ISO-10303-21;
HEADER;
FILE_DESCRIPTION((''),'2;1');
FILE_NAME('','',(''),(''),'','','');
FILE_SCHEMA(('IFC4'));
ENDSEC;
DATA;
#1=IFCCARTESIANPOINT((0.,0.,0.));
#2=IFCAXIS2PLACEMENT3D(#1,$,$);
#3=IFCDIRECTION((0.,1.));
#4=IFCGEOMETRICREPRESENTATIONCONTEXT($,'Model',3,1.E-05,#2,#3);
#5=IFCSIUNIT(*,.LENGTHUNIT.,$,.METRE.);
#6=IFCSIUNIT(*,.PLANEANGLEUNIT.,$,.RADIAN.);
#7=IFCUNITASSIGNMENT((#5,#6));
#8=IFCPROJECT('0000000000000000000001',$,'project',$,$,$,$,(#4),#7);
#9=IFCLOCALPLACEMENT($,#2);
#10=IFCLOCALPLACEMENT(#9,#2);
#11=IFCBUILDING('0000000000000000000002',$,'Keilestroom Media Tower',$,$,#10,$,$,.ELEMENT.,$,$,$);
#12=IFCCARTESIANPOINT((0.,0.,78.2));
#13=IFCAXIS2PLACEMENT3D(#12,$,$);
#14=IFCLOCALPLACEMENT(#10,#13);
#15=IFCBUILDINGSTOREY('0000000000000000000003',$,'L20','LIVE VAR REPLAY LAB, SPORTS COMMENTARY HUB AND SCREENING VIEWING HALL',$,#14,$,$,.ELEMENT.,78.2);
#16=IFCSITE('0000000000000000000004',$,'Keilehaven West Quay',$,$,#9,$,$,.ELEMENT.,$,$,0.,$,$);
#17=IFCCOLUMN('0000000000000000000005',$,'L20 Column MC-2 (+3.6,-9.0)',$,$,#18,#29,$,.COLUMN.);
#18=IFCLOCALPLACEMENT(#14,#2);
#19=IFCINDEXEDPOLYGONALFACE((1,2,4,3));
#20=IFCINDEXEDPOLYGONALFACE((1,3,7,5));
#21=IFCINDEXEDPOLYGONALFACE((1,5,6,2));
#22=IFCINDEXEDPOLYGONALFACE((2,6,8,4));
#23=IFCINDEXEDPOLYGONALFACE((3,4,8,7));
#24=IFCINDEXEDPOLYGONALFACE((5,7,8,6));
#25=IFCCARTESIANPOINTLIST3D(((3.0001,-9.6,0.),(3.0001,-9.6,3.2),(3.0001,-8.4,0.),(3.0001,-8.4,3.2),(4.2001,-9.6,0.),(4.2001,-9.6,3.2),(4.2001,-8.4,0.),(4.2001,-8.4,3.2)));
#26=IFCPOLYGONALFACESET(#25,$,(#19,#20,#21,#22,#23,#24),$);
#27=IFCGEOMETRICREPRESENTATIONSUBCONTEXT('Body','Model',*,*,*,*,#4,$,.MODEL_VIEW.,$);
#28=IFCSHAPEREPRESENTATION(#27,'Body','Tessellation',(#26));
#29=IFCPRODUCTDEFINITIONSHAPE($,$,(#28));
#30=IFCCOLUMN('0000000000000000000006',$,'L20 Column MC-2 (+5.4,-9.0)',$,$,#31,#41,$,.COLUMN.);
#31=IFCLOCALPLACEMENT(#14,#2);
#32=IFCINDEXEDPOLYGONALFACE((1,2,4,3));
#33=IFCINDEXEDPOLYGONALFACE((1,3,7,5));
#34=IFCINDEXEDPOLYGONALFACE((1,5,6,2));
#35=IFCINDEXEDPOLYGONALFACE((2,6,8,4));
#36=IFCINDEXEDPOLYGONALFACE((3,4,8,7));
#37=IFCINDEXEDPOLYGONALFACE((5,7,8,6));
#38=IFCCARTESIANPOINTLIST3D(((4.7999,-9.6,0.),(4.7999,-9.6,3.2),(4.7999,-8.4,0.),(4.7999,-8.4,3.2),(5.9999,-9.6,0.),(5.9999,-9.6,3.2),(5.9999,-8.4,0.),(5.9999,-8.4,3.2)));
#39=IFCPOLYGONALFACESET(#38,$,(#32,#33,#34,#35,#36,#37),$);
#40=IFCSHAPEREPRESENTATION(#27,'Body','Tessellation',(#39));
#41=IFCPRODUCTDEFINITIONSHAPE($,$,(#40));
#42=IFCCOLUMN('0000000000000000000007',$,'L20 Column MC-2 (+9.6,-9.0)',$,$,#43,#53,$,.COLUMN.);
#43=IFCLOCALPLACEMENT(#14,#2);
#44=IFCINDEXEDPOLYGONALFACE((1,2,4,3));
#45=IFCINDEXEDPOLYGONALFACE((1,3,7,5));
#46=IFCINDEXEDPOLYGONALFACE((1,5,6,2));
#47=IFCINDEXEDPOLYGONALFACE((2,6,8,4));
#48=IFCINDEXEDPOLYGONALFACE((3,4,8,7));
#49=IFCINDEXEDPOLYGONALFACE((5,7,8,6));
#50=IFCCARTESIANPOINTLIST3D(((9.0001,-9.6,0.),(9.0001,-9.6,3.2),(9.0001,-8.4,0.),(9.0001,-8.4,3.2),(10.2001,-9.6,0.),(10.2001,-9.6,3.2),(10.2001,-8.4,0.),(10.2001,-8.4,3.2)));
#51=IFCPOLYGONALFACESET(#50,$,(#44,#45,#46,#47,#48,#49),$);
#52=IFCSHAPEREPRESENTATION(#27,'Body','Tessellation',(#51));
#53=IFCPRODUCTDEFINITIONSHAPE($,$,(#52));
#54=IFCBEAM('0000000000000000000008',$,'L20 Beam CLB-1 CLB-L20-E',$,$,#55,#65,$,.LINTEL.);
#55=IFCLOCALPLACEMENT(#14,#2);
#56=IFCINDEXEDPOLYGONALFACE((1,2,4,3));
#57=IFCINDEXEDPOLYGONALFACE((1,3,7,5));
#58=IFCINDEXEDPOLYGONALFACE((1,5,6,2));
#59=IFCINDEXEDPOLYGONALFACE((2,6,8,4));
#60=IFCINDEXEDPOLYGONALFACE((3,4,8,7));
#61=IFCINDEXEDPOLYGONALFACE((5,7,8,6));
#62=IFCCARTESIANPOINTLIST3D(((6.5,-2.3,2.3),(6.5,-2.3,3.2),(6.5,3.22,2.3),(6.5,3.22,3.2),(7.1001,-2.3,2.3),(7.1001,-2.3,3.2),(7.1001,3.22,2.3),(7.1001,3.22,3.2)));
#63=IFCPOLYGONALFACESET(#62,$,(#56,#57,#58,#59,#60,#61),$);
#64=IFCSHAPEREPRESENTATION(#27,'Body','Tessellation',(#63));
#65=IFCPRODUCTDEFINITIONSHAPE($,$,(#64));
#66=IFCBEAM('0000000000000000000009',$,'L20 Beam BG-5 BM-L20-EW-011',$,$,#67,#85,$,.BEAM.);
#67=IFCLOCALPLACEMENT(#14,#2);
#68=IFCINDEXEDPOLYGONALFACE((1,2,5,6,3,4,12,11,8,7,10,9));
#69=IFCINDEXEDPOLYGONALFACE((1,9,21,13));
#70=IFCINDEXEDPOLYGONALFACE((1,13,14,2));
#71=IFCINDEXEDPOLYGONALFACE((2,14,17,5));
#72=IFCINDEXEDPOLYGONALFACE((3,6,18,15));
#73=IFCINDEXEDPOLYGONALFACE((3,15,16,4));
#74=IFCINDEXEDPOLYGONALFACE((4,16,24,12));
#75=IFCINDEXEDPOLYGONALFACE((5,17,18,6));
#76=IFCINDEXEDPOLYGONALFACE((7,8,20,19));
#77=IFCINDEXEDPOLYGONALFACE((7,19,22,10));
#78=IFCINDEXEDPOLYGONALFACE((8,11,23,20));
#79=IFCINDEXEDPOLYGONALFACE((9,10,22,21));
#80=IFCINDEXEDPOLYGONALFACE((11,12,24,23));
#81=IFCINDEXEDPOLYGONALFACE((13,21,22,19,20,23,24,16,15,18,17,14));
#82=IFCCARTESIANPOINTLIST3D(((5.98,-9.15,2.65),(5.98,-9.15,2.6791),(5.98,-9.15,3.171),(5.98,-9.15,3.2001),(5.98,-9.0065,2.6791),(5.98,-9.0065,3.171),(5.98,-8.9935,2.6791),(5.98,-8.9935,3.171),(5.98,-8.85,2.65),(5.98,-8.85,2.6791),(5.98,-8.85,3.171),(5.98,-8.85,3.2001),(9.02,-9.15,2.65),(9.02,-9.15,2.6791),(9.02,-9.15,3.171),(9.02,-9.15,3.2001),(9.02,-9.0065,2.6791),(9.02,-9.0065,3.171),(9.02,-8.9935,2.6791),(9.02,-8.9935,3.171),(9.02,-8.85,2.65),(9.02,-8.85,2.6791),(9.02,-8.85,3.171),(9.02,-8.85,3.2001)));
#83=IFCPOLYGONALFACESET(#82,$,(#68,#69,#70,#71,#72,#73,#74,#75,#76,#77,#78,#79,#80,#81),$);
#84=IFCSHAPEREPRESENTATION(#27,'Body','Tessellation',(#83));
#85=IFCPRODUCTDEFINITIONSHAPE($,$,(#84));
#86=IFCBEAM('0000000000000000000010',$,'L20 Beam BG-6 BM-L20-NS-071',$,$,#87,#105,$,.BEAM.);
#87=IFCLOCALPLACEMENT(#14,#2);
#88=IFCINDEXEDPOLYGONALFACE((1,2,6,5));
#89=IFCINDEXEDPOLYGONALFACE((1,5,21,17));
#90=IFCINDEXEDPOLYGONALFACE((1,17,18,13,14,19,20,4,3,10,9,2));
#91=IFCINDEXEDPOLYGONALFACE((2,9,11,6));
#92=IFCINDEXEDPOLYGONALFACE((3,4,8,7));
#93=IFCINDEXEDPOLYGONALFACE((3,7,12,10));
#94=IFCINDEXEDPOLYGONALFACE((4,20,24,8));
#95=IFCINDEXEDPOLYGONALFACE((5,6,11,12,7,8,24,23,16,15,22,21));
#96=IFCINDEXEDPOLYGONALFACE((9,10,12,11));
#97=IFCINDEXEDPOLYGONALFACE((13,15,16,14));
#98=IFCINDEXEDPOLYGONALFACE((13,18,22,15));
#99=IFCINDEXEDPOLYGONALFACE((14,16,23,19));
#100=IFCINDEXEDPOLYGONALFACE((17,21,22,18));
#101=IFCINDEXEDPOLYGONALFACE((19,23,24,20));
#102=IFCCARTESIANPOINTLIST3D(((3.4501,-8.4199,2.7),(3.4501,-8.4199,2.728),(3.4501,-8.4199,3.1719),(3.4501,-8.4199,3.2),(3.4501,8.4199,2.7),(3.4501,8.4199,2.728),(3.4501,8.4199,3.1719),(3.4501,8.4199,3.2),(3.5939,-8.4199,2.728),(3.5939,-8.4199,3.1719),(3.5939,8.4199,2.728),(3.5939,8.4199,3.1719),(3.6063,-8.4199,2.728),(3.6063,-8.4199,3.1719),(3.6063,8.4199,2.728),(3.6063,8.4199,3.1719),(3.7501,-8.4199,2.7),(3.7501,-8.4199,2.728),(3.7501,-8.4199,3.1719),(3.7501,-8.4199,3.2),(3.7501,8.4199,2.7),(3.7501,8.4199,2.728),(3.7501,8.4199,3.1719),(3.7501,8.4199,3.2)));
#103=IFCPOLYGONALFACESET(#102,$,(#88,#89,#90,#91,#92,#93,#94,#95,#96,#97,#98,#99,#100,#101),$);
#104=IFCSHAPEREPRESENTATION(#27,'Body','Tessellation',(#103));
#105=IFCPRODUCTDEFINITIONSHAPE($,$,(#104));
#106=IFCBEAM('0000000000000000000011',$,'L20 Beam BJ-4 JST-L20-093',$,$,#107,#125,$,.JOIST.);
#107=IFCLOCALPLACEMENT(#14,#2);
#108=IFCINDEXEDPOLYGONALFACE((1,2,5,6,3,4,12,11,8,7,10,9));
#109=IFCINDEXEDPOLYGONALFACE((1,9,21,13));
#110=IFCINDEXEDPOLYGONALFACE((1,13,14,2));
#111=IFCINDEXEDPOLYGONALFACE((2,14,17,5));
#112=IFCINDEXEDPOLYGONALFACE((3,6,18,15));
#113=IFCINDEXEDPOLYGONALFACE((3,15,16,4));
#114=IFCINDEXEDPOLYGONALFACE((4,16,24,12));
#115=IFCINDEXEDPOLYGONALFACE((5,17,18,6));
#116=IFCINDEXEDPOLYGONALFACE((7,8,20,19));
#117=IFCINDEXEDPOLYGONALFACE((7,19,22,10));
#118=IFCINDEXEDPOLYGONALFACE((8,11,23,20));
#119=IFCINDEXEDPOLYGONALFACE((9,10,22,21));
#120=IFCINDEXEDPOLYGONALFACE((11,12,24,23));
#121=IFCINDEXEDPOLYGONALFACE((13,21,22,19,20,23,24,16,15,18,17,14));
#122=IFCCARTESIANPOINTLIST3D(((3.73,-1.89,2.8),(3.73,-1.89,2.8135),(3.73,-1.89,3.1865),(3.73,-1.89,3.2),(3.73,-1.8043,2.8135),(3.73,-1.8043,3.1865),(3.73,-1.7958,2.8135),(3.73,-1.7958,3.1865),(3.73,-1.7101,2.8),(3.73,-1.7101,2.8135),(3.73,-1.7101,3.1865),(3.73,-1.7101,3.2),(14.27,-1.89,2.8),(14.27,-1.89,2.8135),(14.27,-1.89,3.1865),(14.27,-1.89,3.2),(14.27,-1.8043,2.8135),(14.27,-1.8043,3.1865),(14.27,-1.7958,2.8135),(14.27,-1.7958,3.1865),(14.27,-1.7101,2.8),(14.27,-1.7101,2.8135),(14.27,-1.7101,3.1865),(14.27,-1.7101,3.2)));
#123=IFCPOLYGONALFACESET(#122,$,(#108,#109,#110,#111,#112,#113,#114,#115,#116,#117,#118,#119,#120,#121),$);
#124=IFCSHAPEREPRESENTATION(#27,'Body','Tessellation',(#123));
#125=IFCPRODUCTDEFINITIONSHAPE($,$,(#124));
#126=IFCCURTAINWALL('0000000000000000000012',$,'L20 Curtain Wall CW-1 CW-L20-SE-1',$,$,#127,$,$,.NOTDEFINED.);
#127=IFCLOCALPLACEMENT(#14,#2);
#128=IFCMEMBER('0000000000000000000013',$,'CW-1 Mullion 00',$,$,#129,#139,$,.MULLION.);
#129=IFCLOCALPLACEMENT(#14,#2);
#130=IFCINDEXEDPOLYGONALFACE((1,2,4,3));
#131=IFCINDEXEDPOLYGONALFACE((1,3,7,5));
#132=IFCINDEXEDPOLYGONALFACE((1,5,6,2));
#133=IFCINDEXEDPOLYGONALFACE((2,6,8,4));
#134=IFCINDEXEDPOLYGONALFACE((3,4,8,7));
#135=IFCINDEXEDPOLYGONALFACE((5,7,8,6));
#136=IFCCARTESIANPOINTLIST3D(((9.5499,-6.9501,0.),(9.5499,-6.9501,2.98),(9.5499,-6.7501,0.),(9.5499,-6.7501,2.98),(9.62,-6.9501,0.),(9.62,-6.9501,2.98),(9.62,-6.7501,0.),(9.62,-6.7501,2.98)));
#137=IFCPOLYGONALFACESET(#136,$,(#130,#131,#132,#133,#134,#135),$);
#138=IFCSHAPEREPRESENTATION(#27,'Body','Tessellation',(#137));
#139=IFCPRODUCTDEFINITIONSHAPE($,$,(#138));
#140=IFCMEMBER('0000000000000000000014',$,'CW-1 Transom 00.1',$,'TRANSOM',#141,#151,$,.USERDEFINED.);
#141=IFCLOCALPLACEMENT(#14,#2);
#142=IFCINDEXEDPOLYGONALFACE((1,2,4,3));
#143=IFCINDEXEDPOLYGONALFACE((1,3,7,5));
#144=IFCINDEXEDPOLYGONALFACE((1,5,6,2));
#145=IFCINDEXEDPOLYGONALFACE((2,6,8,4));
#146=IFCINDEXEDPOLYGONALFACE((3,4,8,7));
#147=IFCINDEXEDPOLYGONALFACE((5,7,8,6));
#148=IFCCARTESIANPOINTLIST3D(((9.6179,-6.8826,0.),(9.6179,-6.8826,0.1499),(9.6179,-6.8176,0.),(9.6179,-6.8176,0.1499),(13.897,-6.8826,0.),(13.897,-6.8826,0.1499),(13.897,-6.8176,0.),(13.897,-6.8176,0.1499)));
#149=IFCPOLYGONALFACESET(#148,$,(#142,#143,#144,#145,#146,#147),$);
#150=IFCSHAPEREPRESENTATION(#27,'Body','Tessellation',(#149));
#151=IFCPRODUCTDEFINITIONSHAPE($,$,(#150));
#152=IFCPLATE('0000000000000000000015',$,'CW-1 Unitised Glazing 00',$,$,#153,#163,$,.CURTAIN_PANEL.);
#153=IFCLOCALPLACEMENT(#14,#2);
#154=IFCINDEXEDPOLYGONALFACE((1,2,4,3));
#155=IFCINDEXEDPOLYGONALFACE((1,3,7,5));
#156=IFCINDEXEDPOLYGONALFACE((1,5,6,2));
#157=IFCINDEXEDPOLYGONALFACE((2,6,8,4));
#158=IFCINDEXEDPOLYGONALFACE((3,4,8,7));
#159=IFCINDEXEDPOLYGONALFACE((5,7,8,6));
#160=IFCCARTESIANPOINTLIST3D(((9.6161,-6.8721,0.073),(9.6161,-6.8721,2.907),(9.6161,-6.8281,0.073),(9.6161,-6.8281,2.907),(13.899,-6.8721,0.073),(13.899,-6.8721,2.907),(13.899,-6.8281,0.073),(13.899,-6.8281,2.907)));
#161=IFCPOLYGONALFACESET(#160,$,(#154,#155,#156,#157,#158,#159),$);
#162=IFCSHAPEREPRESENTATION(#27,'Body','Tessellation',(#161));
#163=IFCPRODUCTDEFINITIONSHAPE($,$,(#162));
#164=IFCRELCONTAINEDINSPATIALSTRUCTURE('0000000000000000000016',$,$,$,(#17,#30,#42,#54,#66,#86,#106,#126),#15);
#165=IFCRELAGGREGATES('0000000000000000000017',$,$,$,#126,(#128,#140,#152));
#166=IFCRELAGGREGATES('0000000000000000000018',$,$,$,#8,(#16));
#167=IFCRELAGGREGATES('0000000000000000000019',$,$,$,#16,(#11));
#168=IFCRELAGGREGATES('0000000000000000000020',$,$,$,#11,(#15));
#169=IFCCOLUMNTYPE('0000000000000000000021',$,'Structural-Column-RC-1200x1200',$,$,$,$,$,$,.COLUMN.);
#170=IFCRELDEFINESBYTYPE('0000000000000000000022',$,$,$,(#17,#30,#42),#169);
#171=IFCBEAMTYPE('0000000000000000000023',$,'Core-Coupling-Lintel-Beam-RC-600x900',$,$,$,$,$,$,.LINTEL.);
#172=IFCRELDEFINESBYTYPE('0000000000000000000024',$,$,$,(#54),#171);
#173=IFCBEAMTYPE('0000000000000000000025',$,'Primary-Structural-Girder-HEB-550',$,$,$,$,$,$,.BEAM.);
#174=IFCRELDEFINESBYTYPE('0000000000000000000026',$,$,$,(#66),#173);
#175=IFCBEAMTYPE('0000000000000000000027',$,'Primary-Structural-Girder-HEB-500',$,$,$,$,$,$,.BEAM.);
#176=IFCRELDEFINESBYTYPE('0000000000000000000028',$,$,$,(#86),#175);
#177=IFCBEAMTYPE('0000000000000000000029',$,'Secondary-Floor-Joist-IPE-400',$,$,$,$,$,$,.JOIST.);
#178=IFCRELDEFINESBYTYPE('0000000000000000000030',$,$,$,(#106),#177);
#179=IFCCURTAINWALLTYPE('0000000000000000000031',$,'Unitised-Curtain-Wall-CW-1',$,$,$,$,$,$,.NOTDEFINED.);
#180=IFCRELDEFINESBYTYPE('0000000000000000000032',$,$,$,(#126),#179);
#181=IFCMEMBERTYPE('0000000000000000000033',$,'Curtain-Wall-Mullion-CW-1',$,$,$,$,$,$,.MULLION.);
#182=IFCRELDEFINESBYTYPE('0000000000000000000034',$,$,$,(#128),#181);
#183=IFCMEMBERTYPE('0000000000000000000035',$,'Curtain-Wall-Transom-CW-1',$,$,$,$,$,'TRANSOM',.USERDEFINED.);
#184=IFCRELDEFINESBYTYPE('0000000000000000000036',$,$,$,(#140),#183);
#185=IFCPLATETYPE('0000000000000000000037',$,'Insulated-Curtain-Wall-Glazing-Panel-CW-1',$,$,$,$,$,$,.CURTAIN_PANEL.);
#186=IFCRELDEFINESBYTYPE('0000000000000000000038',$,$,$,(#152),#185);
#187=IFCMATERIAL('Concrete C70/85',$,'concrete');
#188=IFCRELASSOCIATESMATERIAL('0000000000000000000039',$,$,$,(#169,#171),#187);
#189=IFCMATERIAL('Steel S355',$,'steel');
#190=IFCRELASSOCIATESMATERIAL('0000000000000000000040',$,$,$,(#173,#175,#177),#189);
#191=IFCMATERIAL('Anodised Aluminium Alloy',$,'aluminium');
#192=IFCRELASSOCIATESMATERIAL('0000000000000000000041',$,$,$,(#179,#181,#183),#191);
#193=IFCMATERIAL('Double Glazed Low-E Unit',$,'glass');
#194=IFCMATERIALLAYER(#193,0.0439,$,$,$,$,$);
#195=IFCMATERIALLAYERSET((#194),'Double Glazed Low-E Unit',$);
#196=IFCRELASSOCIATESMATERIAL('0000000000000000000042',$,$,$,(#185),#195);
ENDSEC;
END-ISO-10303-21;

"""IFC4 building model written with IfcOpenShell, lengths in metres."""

from ifc_helpers import new_model, si_unit, direction, frame, origin, origin_2d, place, context, subcontext, project, spatial, rectangle, i_section, extrude, source, transform, mapped, material, layer, layer_set, material_profile, profile_set, type_object, element, aggregate, save


model = new_model("IFC4")

# Units and contexts
model_context = context("Model", 3, precision=1e-05, world=origin(), true_north=direction((0.0, 1.0)))
body_context = subcontext(model_context, "Body", "Model", "MODEL_VIEW")
ifc_project = project(units=[si_unit("LENGTHUNIT", "METRE"), si_unit("PLANEANGLEUNIT", "RADIAN")], contexts=[model_context])

# Site, building, storey
site_placement = place(None, origin())
site = spatial("IfcSite", under=ifc_project, at=site_placement, Name="Keilehaven West Quay", CompositionType="ELEMENT", RefElevation=0.0)
building_placement = place(site_placement, origin())
building = spatial("IfcBuilding", under=site, at=building_placement, Name="Keilestroom Media Tower", CompositionType="ELEMENT")
storey_placement = place(building_placement, frame((0.0, 0.0, 78.2)))
storey = spatial("IfcBuildingStorey", under=building, at=storey_placement, Name="L20", Description="LIVE VAR REPLAY LAB, SPORTS COMMENTARY HUB AND SCREENING VIEWING HALL", CompositionType="ELEMENT", Elevation=78.2)

# Columns
ifc_material_1 = material(Name="Concrete C70/85", Category="concrete")
ifc_material_profile_1 = material_profile(ifc_material_1, rectangle(XDim=1.2, YDim=1.2, at=origin_2d()), Name="RC 1200x1200")
ifc_profile_set_1 = profile_set([ifc_material_profile_1], Name="Concrete C70/85")
column_type = type_object("IfcColumnType", Name="Structural-Column-RC-1200x1200", PredefinedType="COLUMN", material=ifc_profile_set_1)
shared_shape_1 = source(origin(), body_context, "Body", "SweptSolid", [
    extrude(rectangle(XDim=1.2, YDim=1.2, at=origin_2d()), origin(), (0.0, 0.0, 1.0), 3.2),
])
for number, where, z_axis, x_axis, name in (
    (1, (3.6001, -9.0, 0.0), (0.0, 0.0, 1.0), (1.0, 0.0, 0.0), "L20 Column MC-2 (+3.6,-9.0)"),
    (2, (5.3999, -9.0, 0.0), (0.0, 0.0, 1.0), (1.0, 0.0, 0.0), "L20 Column MC-2 (+5.4,-9.0)"),
    (3, (9.6001, -9.0, 0.0), (0.0, 0.0, 1.0), (1.0, 0.0, 0.0), "L20 Column MC-2 (+9.6,-9.0)"),
):
    element("IfcColumn", number, at=place(storey_placement, frame(where, z_axis=z_axis, x_axis=x_axis)), inside=storey, type_object=column_type, Name=name, PredefinedType="COLUMN", context=body_context, shape_type="MappedRepresentation", body=[
        mapped(shared_shape_1, transform((0.0, 0.0, 0.0), x_axis=(1.0, 0.0, 0.0), y_axis=(0.0, 1.0, 0.0), z_axis=(0.0, 0.0, 1.0), scale=1.0)),
    ])

# Beams
ifc_material_profile_2 = material_profile(ifc_material_1, rectangle(XDim=0.6001, YDim=0.8999, at=origin_2d()), Name="RC 600x900")
ifc_profile_set_2 = profile_set([ifc_material_profile_2], Name="Concrete C70/85")
beam_type_1 = type_object("IfcBeamType", Name="Core-Coupling-Lintel-Beam-RC-600x900", PredefinedType="LINTEL", material=ifc_profile_set_2)
shared_shape_2 = source(origin(), body_context, "Body", "SweptSolid", [
    extrude(rectangle(XDim=0.6001, YDim=0.8999, at=origin_2d()), origin(), (0.0, 0.0, 1.0), 5.52),
])
beam_1_placement = place(storey_placement, frame((6.8, -2.3, 2.75), z_axis=(0.0, 1.0, 0.0), x_axis=(-1.0, 0.0, 0.0)))
element("IfcBeam", 4, at=beam_1_placement, inside=storey, type_object=beam_type_1, Name="L20 Beam CLB-1 CLB-L20-E", PredefinedType="LINTEL", context=body_context, shape_type="MappedRepresentation", body=[
    mapped(shared_shape_2, transform((0.0, 0.0, 0.0), x_axis=(1.0, 0.0, 0.0), y_axis=(0.0, 1.0, 0.0), z_axis=(0.0, 0.0, 1.0), scale=1.0)),
])
ifc_material_2 = material(Name="Steel S355", Category="steel")
ifc_material_profile_3 = material_profile(ifc_material_2, i_section(OverallWidth=0.3, OverallDepth=0.55, WebThickness=0.0129, FlangeThickness=0.0291, at=origin_2d()), Name="HEB 550")
ifc_profile_set_3 = profile_set([ifc_material_profile_3], Name="Steel S355")
beam_type_2 = type_object("IfcBeamType", Name="Primary-Structural-Girder-HEB-550", PredefinedType="BEAM", material=ifc_profile_set_3)
shared_shape_3 = source(origin(), body_context, "Body", "SweptSolid", [
    extrude(i_section(OverallWidth=0.3, OverallDepth=0.55, WebThickness=0.0129, FlangeThickness=0.0291, at=origin_2d()), origin(), (0.0, 0.0, 1.0), 3.04),
])
beam_2_placement = place(storey_placement, frame((5.98, -9.0, 2.925), z_axis=(1.0, 0.0, 0.0), x_axis=(0.0, 1.0, 0.0)))
element("IfcBeam", 5, at=beam_2_placement, inside=storey, type_object=beam_type_2, Name="L20 Beam BG-5 BM-L20-EW-011", PredefinedType="BEAM", context=body_context, shape_type="MappedRepresentation", body=[
    mapped(shared_shape_3, transform((0.0, 0.0, 0.0), x_axis=(1.0, 0.0, 0.0), y_axis=(0.0, 1.0, 0.0), z_axis=(0.0, 0.0, 1.0), scale=1.0)),
])
ifc_material_profile_4 = material_profile(ifc_material_2, i_section(OverallWidth=0.3, OverallDepth=0.5, WebThickness=0.0125, FlangeThickness=0.0281, at=origin_2d()), Name="HEB 500")
ifc_profile_set_4 = profile_set([ifc_material_profile_4], Name="Steel S355")
beam_type_3 = type_object("IfcBeamType", Name="Primary-Structural-Girder-HEB-500", PredefinedType="BEAM", material=ifc_profile_set_4)
shared_shape_4 = source(origin(), body_context, "Body", "SweptSolid", [
    extrude(i_section(OverallWidth=0.3, OverallDepth=0.5, WebThickness=0.0125, FlangeThickness=0.0281, at=origin_2d()), origin(), (0.0, 0.0, 1.0), 16.8398),
])
beam_3_placement = place(storey_placement, frame((3.6001, -8.4199, 2.95), z_axis=(0.0, 1.0, 0.0), x_axis=(-1.0, 0.0, 0.0)))
element("IfcBeam", 6, at=beam_3_placement, inside=storey, type_object=beam_type_3, Name="L20 Beam BG-6 BM-L20-NS-071", PredefinedType="BEAM", context=body_context, shape_type="MappedRepresentation", body=[
    mapped(shared_shape_4, transform((0.0, 0.0, 0.0), x_axis=(1.0, 0.0, 0.0), y_axis=(0.0, 1.0, 0.0), z_axis=(0.0, 0.0, 1.0), scale=1.0)),
])
ifc_material_profile_5 = material_profile(ifc_material_2, i_section(OverallWidth=0.1799, OverallDepth=0.3999, WebThickness=0.0085, FlangeThickness=0.0134, at=origin_2d()), Name="IPE 400")
ifc_profile_set_5 = profile_set([ifc_material_profile_5], Name="Steel S355")
beam_type_4 = type_object("IfcBeamType", Name="Secondary-Floor-Joist-IPE-400", PredefinedType="JOIST", material=ifc_profile_set_5)
shared_shape_5 = source(origin(), body_context, "Body", "SweptSolid", [
    extrude(i_section(OverallWidth=0.1799, OverallDepth=0.3999, WebThickness=0.0085, FlangeThickness=0.0134, at=origin_2d()), origin(), (0.0, 0.0, 1.0), 10.54),
])
beam_4_placement = place(storey_placement, frame((3.73, -1.8, 3.0), z_axis=(1.0, 0.0, 0.0), x_axis=(0.0, 1.0, 0.0)))
element("IfcBeam", 7, at=beam_4_placement, inside=storey, type_object=beam_type_4, Name="L20 Beam BJ-4 JST-L20-093", PredefinedType="JOIST", context=body_context, shape_type="MappedRepresentation", body=[
    mapped(shared_shape_5, transform((0.0, 0.0, 0.0), x_axis=(1.0, 0.0, 0.0), y_axis=(0.0, 1.0, 0.0), z_axis=(0.0, 0.0, 1.0), scale=1.0)),
])

# Curtain wall, members, plate
ifc_material_3 = material(Name="Anodised Aluminium Alloy", Category="aluminium")
curtain_wall_type = type_object("IfcCurtainWallType", Name="Unitised-Curtain-Wall-CW-1", PredefinedType="NOTDEFINED", material=ifc_material_3)
curtain_wall_placement = place(storey_placement, origin())
curtain_wall = element("IfcCurtainWall", 8, at=curtain_wall_placement, inside=storey, type_object=curtain_wall_type, Name="L20 Curtain Wall CW-1 CW-L20-SE-1", PredefinedType="NOTDEFINED")
ifc_material_profile_6 = material_profile(ifc_material_3, rectangle(XDim=0.0701, YDim=0.2, at=origin_2d()), Name="ALU MULLION 70x200")
ifc_profile_set_6 = profile_set([ifc_material_profile_6], Name="Anodised Aluminium Alloy")
member_type_1 = type_object("IfcMemberType", Name="Curtain-Wall-Mullion-CW-1", PredefinedType="MULLION", material=ifc_profile_set_6)
shared_shape_6 = source(origin(), body_context, "Body", "SweptSolid", [
    extrude(rectangle(XDim=0.0701, YDim=0.2, at=origin_2d()), origin(), (0.0, 0.0, 1.0), 2.98),
])
member_1_placement = place(storey_placement, frame((9.585, -6.8501, 0.0), z_axis=(0.0, 0.0, 1.0), x_axis=(1.0, 0.0, 0.0)))
member_1 = element("IfcMember", 9, at=member_1_placement, type_object=member_type_1, Name="CW-1 Mullion 00", PredefinedType="MULLION", context=body_context, shape_type="MappedRepresentation", body=[
    mapped(shared_shape_6, transform((0.0, 0.0, 0.0), x_axis=(1.0, 0.0, 0.0), y_axis=(0.0, 1.0, 0.0), z_axis=(0.0, 0.0, 1.0), scale=1.0)),
])
ifc_material_profile_7 = material_profile(ifc_material_3, rectangle(XDim=0.0649, YDim=0.1499, at=origin_2d()), Name="ALU TRANSOM 65x150")
ifc_profile_set_7 = profile_set([ifc_material_profile_7], Name="Anodised Aluminium Alloy")
member_type_2 = type_object("IfcMemberType", Name="Curtain-Wall-Transom-CW-1", ElementType="TRANSOM", PredefinedType="USERDEFINED", material=ifc_profile_set_7)
shared_shape_7 = source(origin(), body_context, "Body", "SweptSolid", [
    extrude(rectangle(XDim=0.0649, YDim=0.1499, at=origin_2d()), origin(), (0.0, 0.0, 1.0), 4.2791),
])
member_2_placement = place(storey_placement, frame((9.6179, -6.8501, 0.075), z_axis=(1.0, 0.0, 0.0), x_axis=(0.0, 1.0, 0.0)))
member_2 = element("IfcMember", 10, at=member_2_placement, type_object=member_type_2, Name="CW-1 Transom 00.1", ObjectType="TRANSOM", PredefinedType="USERDEFINED", context=body_context, shape_type="MappedRepresentation", body=[
    mapped(shared_shape_7, transform((0.0, 0.0, 0.0), x_axis=(1.0, 0.0, 0.0), y_axis=(0.0, 1.0, 0.0), z_axis=(0.0, 0.0, 1.0), scale=1.0)),
])
ifc_material_4 = material(Name="Double Glazed Low-E Unit", Category="glass")
ifc_layer_1 = layer(ifc_material_4, 0.0439)
ifc_layer_set_1 = layer_set([ifc_layer_1], Name="Double Glazed Low-E Unit")
plate_type = type_object("IfcPlateType", Name="Insulated-Curtain-Wall-Glazing-Panel-CW-1", PredefinedType="CURTAIN_PANEL", material=ifc_layer_set_1)
shared_shape_8 = source(origin(), body_context, "Body", "SweptSolid", [
    extrude(rectangle(XDim=4.283, YDim=0.0439, at=origin_2d()), origin(), (0.0, 0.0, 1.0), 2.834),
])
plate_placement = place(storey_placement, frame((11.7576, -6.8501, 0.073), z_axis=(0.0, 0.0, 1.0), x_axis=(1.0, 0.0, 0.0)))
plate = element("IfcPlate", 11, at=plate_placement, type_object=plate_type, Name="CW-1 Unitised Glazing 00", PredefinedType="CURTAIN_PANEL", context=body_context, shape_type="MappedRepresentation", body=[
    mapped(shared_shape_8, transform((0.0, 0.0, 0.0), x_axis=(1.0, 0.0, 0.0), y_axis=(0.0, 1.0, 0.0), z_axis=(0.0, 0.0, 1.0), scale=1.0)),
])
aggregate(curtain_wall, [member_1, member_2, plate])

save(model, "model.ifc")
